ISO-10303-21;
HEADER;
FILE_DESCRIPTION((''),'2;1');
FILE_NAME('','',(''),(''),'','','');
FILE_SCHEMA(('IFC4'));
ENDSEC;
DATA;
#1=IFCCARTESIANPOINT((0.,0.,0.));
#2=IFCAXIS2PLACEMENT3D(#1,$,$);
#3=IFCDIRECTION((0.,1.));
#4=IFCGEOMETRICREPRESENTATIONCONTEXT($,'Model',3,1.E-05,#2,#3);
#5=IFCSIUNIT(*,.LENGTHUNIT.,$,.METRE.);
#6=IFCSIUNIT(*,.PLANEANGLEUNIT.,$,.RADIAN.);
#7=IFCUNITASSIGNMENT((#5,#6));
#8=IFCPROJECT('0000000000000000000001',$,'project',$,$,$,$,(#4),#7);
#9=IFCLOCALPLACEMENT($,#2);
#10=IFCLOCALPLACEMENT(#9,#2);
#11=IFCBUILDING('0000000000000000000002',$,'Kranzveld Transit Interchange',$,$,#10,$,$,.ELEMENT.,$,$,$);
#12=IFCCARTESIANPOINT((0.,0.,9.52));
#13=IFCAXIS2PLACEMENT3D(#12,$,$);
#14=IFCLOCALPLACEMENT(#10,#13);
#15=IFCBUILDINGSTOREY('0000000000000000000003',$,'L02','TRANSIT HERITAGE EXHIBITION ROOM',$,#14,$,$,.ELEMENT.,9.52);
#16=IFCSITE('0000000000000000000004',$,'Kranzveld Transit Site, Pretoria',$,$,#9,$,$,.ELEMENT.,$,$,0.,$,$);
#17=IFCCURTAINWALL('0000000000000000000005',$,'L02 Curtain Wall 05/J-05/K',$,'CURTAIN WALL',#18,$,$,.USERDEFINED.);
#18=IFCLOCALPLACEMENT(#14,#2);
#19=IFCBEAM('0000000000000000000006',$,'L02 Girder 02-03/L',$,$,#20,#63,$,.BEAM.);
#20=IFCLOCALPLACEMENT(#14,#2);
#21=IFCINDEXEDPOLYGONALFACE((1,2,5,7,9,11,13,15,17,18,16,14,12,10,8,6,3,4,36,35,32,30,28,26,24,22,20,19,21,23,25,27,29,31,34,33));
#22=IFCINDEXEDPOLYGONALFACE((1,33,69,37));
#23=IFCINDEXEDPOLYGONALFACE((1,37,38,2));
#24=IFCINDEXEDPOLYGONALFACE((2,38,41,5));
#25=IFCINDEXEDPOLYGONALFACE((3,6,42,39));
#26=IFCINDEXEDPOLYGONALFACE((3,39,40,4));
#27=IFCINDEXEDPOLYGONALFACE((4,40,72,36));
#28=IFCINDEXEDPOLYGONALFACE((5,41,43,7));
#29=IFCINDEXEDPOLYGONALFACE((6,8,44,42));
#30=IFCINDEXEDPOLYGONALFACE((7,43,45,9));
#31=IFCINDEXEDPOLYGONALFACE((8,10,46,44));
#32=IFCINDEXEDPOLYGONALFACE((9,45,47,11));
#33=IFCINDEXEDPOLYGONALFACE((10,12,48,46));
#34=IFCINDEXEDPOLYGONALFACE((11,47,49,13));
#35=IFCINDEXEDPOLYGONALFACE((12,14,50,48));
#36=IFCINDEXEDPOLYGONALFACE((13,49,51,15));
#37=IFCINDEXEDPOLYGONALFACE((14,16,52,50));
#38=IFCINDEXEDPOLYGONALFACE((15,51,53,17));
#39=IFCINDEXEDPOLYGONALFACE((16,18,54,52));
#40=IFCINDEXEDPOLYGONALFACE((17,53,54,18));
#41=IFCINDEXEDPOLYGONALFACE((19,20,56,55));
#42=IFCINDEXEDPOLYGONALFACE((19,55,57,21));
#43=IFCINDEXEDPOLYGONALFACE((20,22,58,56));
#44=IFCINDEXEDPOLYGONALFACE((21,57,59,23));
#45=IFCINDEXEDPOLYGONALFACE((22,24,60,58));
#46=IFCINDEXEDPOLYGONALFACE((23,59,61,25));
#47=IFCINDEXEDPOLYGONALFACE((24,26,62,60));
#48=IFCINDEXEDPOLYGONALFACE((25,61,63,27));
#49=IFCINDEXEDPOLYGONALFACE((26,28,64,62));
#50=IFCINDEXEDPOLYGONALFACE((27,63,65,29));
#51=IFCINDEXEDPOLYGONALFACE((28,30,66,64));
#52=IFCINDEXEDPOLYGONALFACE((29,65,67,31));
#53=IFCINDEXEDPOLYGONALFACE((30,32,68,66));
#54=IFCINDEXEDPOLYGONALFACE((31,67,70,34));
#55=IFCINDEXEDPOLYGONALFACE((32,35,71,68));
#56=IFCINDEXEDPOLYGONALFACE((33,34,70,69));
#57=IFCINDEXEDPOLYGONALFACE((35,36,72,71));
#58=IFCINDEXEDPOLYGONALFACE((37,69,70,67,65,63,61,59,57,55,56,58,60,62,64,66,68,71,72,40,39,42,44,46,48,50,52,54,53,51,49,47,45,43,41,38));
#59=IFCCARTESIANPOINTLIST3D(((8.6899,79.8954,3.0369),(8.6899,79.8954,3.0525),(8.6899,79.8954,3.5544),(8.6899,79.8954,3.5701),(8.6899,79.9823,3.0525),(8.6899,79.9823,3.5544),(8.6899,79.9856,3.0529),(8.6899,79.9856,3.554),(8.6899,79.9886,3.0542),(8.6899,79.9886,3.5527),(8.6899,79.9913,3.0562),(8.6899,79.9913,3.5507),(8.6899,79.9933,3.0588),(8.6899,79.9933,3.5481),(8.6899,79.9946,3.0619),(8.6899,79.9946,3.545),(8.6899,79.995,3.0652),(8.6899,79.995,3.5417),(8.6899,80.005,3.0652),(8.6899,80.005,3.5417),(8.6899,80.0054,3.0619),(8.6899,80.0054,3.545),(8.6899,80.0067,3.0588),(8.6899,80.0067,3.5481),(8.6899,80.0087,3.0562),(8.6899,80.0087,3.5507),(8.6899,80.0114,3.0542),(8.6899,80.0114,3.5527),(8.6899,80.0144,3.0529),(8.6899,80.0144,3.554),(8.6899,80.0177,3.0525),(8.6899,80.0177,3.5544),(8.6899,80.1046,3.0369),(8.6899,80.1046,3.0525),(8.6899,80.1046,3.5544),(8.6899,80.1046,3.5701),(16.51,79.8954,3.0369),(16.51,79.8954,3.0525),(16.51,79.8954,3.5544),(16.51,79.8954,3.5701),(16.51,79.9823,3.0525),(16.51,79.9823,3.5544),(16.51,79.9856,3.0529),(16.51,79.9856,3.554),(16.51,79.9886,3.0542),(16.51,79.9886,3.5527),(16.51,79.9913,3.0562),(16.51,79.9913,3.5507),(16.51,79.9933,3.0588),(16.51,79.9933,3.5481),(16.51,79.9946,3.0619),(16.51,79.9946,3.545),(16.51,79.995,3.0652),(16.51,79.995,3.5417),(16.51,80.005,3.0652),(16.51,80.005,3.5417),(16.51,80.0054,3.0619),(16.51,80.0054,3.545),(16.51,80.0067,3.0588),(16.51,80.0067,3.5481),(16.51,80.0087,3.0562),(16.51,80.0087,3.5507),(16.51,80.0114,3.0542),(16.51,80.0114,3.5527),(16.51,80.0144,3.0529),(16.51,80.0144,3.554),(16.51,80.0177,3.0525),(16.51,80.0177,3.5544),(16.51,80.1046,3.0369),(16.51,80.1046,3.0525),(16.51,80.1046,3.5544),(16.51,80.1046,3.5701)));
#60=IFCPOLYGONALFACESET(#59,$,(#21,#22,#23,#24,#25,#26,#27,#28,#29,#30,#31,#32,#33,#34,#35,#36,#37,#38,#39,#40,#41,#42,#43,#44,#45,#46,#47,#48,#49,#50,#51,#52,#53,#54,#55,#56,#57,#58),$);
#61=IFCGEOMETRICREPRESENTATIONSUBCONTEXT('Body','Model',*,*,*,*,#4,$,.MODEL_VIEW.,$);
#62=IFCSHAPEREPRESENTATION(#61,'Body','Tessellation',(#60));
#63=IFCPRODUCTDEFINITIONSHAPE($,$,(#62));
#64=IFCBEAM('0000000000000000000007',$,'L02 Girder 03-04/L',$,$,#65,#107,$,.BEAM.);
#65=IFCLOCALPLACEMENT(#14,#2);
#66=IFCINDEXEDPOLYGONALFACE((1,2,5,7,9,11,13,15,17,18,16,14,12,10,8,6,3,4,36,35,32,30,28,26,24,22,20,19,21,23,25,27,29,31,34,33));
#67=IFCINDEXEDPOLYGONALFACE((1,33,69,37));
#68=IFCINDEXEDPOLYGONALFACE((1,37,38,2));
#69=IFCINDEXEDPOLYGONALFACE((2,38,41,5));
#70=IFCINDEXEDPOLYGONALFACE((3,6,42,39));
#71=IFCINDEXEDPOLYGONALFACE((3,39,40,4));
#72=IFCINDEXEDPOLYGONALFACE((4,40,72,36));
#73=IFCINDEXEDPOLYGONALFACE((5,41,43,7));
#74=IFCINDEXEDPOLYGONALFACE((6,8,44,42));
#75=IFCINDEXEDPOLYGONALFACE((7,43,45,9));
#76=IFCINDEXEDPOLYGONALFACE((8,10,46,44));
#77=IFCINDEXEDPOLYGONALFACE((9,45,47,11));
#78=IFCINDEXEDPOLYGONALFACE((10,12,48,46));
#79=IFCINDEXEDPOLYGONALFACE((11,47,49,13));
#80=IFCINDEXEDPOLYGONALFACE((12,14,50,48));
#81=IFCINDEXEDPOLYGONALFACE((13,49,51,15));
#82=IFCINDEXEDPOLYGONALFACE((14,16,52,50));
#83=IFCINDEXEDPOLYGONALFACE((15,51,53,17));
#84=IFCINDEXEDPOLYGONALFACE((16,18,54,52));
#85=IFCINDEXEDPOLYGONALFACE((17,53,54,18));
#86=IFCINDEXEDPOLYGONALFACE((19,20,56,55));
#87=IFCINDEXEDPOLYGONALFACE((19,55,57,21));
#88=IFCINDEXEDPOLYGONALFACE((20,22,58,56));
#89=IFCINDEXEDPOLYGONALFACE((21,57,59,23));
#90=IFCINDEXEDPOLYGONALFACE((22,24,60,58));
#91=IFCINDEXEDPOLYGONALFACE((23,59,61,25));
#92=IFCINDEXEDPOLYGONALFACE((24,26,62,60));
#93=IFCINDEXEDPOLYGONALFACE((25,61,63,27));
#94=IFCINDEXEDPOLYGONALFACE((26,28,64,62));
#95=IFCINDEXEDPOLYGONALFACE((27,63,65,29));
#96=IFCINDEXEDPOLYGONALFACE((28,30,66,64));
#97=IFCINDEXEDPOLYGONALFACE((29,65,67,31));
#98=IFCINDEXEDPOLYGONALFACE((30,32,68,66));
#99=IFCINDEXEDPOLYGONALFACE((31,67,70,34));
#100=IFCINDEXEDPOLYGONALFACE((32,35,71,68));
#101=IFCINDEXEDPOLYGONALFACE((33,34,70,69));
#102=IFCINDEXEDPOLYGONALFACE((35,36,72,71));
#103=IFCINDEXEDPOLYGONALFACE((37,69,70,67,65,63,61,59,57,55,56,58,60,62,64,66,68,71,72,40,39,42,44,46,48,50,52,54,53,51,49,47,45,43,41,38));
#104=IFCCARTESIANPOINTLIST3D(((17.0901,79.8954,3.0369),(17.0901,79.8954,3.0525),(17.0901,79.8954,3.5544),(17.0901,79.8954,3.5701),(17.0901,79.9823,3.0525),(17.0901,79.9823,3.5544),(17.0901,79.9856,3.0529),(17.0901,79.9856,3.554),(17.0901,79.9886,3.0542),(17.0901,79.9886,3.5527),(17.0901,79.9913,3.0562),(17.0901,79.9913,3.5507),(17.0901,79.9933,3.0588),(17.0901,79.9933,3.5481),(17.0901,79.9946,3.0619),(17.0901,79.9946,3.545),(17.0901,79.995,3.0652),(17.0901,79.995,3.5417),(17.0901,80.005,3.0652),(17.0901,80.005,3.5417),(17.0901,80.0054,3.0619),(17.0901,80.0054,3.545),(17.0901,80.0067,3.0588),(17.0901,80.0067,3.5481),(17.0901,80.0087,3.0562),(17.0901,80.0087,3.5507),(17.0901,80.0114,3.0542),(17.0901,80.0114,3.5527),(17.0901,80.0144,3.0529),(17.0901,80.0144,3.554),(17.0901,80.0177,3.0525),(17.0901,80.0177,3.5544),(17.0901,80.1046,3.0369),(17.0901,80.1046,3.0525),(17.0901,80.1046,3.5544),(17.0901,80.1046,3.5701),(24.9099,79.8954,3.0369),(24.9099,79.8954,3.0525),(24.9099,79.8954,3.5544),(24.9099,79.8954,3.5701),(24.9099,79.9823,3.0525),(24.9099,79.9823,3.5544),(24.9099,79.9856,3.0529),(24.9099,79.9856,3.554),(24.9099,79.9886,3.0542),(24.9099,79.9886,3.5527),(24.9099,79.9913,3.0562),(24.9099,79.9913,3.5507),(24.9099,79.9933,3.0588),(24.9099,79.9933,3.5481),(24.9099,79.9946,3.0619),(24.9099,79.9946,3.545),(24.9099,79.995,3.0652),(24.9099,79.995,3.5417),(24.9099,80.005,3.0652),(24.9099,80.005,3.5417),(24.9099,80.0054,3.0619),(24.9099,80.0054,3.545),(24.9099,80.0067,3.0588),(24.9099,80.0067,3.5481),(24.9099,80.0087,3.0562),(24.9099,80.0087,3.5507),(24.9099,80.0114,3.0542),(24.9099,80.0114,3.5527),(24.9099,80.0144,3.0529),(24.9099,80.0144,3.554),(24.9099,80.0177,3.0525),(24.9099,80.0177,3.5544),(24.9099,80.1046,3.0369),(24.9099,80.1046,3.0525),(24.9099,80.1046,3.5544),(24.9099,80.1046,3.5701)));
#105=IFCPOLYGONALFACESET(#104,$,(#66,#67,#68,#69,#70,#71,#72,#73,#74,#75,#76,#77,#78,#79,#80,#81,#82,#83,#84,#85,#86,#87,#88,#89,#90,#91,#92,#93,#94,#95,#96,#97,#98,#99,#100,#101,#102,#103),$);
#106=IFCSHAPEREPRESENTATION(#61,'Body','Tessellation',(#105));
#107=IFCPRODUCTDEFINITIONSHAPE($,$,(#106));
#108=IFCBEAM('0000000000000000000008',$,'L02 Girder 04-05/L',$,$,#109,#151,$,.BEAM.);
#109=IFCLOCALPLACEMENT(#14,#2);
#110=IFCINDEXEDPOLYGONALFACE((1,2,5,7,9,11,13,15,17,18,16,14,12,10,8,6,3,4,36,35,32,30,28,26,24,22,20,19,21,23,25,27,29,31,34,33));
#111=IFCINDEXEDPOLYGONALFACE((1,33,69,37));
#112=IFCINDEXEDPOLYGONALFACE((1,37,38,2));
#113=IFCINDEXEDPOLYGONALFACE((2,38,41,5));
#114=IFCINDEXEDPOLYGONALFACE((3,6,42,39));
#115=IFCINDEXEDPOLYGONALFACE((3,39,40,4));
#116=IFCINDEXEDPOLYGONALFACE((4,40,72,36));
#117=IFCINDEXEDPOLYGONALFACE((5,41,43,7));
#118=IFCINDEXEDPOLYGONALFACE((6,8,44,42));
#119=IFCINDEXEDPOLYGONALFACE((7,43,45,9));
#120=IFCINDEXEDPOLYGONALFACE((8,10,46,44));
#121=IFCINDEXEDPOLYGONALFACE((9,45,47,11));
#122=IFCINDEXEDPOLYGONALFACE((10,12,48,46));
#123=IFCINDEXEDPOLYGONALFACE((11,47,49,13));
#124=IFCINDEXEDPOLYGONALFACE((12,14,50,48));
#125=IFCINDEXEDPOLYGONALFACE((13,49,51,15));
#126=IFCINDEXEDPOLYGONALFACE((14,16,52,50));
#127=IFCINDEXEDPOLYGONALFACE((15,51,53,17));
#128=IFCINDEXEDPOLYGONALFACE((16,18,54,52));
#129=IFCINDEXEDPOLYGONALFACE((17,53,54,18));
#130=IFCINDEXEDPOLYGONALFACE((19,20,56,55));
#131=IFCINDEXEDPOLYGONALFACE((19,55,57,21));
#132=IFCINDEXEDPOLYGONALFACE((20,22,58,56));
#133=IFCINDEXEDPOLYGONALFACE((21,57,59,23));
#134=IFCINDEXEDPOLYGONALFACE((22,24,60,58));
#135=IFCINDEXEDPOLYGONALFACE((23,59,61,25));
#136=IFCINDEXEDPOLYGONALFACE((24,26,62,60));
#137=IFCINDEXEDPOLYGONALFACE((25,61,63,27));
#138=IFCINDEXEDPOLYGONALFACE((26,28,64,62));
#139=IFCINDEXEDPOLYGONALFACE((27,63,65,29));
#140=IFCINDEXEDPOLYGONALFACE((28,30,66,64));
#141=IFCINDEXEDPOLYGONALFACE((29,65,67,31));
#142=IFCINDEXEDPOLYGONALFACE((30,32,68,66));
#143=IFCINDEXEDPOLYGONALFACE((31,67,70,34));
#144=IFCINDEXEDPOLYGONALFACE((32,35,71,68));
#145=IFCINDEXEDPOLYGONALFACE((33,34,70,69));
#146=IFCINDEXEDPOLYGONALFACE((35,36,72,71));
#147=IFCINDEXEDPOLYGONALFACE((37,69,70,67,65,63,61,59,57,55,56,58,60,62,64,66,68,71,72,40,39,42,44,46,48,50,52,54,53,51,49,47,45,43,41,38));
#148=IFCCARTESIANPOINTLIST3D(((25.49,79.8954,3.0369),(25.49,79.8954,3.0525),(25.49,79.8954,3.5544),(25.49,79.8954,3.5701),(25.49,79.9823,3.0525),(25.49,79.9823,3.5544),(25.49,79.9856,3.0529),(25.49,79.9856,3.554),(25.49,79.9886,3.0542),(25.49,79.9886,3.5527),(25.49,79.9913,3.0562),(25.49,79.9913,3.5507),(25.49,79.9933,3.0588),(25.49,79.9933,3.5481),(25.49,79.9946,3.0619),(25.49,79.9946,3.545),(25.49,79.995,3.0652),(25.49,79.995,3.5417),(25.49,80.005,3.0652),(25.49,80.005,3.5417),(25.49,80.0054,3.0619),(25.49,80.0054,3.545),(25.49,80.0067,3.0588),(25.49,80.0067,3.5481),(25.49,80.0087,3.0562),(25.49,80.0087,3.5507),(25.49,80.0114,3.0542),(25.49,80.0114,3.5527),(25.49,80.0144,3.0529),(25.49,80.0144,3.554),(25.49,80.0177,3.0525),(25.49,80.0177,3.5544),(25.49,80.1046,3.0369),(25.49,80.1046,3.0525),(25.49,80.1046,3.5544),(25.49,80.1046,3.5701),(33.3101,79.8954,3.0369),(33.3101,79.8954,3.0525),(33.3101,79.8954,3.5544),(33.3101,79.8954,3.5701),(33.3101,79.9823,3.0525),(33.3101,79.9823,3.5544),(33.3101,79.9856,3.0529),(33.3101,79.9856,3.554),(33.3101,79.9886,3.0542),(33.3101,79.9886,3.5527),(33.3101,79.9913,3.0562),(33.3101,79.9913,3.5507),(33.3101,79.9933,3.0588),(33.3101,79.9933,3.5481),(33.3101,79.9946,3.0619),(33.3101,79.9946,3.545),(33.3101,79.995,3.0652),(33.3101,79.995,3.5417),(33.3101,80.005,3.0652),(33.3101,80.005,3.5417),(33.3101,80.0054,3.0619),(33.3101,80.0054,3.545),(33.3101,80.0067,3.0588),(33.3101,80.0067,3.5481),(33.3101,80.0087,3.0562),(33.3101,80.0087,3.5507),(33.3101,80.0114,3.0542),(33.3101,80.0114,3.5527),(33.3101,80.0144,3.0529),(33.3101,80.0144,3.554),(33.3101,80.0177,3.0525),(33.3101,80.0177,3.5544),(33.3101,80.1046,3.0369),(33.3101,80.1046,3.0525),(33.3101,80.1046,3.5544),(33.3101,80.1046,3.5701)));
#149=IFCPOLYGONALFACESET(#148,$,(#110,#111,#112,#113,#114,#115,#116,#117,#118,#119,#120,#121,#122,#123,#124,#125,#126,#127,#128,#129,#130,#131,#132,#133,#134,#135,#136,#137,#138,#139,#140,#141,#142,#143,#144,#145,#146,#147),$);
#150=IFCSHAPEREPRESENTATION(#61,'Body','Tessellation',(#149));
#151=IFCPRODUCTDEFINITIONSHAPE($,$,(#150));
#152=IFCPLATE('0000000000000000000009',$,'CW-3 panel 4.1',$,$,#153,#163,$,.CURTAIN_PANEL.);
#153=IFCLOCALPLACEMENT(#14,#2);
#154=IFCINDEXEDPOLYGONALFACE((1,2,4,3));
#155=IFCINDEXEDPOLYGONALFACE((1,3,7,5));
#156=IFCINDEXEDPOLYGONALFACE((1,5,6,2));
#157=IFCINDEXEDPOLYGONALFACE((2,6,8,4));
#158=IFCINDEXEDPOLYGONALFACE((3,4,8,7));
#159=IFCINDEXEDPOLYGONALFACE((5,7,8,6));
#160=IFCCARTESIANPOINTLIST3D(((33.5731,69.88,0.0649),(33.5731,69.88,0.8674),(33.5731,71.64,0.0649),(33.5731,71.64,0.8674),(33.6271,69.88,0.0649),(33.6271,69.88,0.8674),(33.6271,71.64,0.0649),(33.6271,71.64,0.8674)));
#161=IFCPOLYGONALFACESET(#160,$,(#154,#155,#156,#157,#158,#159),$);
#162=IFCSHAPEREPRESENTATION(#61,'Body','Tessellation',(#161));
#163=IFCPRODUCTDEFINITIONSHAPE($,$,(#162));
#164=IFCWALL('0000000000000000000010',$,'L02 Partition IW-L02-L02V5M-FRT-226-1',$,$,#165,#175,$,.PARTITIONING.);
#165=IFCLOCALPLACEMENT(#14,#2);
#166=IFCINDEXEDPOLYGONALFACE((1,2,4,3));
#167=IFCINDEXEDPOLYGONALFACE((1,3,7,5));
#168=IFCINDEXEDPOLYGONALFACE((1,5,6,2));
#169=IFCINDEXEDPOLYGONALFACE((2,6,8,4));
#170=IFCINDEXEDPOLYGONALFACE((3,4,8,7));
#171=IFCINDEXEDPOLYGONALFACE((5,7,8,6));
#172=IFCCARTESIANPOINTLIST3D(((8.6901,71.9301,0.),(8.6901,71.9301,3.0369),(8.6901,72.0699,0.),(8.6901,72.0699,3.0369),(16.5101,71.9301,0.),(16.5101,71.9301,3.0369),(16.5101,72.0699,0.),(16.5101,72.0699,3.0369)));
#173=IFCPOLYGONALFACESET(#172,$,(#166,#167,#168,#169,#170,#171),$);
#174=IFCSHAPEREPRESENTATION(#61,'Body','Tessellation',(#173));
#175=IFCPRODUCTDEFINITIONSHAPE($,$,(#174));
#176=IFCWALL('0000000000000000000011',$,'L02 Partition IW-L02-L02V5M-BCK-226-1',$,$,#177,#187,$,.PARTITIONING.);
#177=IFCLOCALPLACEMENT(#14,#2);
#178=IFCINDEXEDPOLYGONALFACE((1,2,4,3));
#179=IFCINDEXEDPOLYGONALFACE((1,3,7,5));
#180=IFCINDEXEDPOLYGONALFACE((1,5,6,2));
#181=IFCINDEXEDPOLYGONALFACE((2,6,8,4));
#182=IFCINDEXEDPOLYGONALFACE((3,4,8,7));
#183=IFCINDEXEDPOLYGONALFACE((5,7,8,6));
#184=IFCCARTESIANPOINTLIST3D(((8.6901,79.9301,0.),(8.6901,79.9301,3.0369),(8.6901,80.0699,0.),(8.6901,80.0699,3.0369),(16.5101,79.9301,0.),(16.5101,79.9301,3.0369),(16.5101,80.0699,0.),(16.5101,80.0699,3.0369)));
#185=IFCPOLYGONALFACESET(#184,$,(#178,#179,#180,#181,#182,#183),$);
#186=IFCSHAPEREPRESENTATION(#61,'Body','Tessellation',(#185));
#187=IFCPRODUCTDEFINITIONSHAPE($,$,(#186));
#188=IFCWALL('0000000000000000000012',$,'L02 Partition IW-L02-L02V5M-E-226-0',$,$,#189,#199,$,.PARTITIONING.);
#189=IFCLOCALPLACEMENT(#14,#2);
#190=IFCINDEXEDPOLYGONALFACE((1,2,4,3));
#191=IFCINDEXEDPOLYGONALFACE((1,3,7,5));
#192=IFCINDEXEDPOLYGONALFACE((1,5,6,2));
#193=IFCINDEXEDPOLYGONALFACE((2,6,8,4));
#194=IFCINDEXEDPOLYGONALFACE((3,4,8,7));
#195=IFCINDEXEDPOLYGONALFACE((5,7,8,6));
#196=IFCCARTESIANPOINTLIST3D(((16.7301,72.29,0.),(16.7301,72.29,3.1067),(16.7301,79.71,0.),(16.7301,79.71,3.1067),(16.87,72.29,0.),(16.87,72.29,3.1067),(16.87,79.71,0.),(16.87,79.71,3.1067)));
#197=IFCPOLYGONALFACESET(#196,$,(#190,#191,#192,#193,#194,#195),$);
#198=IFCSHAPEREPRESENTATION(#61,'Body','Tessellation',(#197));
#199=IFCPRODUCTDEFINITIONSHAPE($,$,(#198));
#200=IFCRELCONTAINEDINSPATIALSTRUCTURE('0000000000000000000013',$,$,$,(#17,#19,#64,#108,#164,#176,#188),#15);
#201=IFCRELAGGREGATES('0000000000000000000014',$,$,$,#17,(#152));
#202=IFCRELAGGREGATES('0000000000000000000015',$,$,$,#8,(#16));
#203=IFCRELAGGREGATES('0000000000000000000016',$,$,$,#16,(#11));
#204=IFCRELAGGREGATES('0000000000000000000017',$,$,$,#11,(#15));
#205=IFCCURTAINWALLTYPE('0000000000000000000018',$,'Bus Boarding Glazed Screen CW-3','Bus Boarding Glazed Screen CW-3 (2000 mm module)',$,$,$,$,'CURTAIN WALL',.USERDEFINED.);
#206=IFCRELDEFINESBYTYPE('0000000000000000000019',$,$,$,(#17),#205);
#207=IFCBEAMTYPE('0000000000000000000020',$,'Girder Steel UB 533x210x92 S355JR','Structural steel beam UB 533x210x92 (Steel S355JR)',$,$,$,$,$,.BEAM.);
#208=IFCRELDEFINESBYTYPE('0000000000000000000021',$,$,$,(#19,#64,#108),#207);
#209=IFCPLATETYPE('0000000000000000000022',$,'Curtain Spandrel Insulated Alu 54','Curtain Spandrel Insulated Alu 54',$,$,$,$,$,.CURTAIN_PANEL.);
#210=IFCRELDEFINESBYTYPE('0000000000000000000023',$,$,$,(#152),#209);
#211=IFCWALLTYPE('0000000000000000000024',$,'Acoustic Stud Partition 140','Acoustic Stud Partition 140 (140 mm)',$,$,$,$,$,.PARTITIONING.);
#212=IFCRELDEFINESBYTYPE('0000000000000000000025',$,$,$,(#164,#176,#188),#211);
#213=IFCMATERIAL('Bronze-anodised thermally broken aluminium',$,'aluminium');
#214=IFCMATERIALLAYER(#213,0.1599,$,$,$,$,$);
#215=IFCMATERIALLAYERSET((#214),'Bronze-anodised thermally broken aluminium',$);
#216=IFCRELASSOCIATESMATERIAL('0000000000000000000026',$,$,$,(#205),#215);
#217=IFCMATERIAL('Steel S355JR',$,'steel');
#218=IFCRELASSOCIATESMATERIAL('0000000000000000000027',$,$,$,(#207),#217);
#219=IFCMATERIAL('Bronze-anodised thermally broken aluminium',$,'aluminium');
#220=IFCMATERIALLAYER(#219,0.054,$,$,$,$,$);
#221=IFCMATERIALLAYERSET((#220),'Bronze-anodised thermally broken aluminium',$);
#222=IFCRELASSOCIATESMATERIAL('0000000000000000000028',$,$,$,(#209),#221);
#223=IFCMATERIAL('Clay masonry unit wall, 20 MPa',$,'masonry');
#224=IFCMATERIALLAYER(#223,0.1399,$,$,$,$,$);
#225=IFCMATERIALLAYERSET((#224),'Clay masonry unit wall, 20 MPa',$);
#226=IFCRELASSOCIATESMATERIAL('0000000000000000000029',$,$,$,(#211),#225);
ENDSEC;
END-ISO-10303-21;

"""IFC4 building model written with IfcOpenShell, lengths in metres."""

from ifc_helpers import new_model, si_unit, direction, frame, frame_2d, origin, origin_2d, place, context, subcontext, project, spatial, rectangle, i_section, extrude, material, layer, layer_set, material_profile, profile_set, type_object, element, aggregate, save


model = new_model("IFC4")

# Units and contexts
model_context = context("Model", 3, precision=1e-05, world=origin(), true_north=direction((0.0, 1.0)))
body_context = subcontext(model_context, "Body", "Model", "MODEL_VIEW")
ifc_project = project(units=[si_unit("LENGTHUNIT", "METRE"), si_unit("PLANEANGLEUNIT", "RADIAN")], contexts=[model_context])

# Site, building, storey
site_placement = place(None, origin())
site = spatial("IfcSite", under=ifc_project, at=site_placement, Name="Kranzveld Transit Site, Pretoria", CompositionType="ELEMENT", RefElevation=0.0)
building_placement = place(site_placement, origin())
building = spatial("IfcBuilding", under=site, at=building_placement, Name="Kranzveld Transit Interchange", CompositionType="ELEMENT")
storey_placement = place(building_placement, frame((0.0, 0.0, 9.52)))
storey = spatial("IfcBuildingStorey", under=building, at=storey_placement, Name="L02", Description="TRANSIT HERITAGE EXHIBITION ROOM", CompositionType="ELEMENT", Elevation=9.52)

# Curtain wall
ifc_material_1 = material(Name="Bronze-anodised thermally broken aluminium", Category="aluminium")
ifc_layer_1 = layer(ifc_material_1, 0.1599)
ifc_layer_set_1 = layer_set([ifc_layer_1], Name="Bronze-anodised thermally broken aluminium")
curtain_wall_type = type_object("IfcCurtainWallType", Name="Bus Boarding Glazed Screen CW-3", Description="Bus Boarding Glazed Screen CW-3 (2000 mm module)", ElementType="CURTAIN WALL", PredefinedType="USERDEFINED", material=ifc_layer_set_1)
curtain_wall_placement = place(storey_placement, origin())
curtain_wall = element("IfcCurtainWall", 1, at=curtain_wall_placement, inside=storey, type_object=curtain_wall_type, Name="L02 Curtain Wall 05/J-05/K", ObjectType="CURTAIN WALL", PredefinedType="USERDEFINED")

# Beams
ifc_material_2 = material(Name="Steel S355JR", Category="steel")
ifc_material_profile_1 = material_profile(ifc_material_2, i_section(OverallWidth=0.2092, OverallDepth=0.5332, WebThickness=0.01, FlangeThickness=0.0156, FilletRadius=0.0127, at=origin_2d()), Name="UB 533x210x92")
ifc_profile_set_1 = profile_set([ifc_material_profile_1], Name="Steel S355JR")
beam_type_1 = type_object("IfcBeamType", Name="Girder Steel UB 533x210x92 S355JR", Description="Structural steel beam UB 533x210x92 (Steel S355JR)", PredefinedType="BEAM", material=ifc_profile_set_1)
for number, where, z_axis, x_axis, name in (
    (2, (8.6899, 80.0, 3.3035), (1.0, 0.0, 0.0), (0.0, 1.0, 0.0), "L02 Girder 02-03/L"),
):
    element("IfcBeam", number, at=place(storey_placement, frame(where, z_axis=z_axis, x_axis=x_axis)), inside=storey, type_object=beam_type_1, Name=name, PredefinedType="BEAM", context=body_context, shape_type="SweptSolid", body=[
        extrude(i_section(OverallWidth=0.2092, OverallDepth=0.5332, WebThickness=0.01, FlangeThickness=0.0156, FilletRadius=0.0127, at=origin_2d()), origin(), (0.0, 0.0, 1.0), 7.8201),
    ])
beam_1_placement = place(storey_placement, frame((17.0901, 80.0, 3.3035), z_axis=(1.0, 0.0, 0.0), x_axis=(0.0, 1.0, 0.0)))
element("IfcBeam", 3, at=beam_1_placement, inside=storey, type_object=beam_type_1, Name="L02 Girder 03-04/L", PredefinedType="BEAM", context=body_context, shape_type="SweptSolid", body=[
    extrude(i_section(OverallWidth=0.2092, OverallDepth=0.5332, WebThickness=0.01, FlangeThickness=0.0156, FilletRadius=0.0127, at=origin_2d()), origin(), (0.0, 0.0, 1.0), 7.8198),
])
beam_2_placement = place(storey_placement, frame((25.49, 80.0, 3.3035), z_axis=(1.0, 0.0, 0.0), x_axis=(0.0, 1.0, 0.0)))
element("IfcBeam", 4, at=beam_2_placement, inside=storey, type_object=beam_type_1, Name="L02 Girder 04-05/L", PredefinedType="BEAM", context=body_context, shape_type="SweptSolid", body=[
    extrude(i_section(OverallWidth=0.2092, OverallDepth=0.5332, WebThickness=0.01, FlangeThickness=0.0156, FilletRadius=0.0127, at=origin_2d()), origin(), (0.0, 0.0, 1.0), 7.8201),
])

# Plate
ifc_material_3 = material(Name="Bronze-anodised thermally broken aluminium", Category="aluminium")
ifc_layer_2 = layer(ifc_material_3, 0.054)
ifc_layer_set_2 = layer_set([ifc_layer_2], Name="Bronze-anodised thermally broken aluminium")
plate_type = type_object("IfcPlateType", Name="Curtain Spandrel Insulated Alu 54", Description="Curtain Spandrel Insulated Alu 54", PredefinedType="CURTAIN_PANEL", material=ifc_layer_set_2)
plate_placement = place(storey_placement, frame((33.6001, 70.76, 0.0649), z_axis=(0.0, 0.0, 1.0), x_axis=(0.0, 1.0, 0.0)))
plate = element("IfcPlate", 5, at=plate_placement, type_object=plate_type, Name="CW-3 panel 4.1", PredefinedType="CURTAIN_PANEL", context=body_context, shape_type="SweptSolid", body=[
    extrude(rectangle(XDim=1.76, YDim=0.054, at=origin_2d()), origin(), (0.0, 0.0, 1.0), 0.8025),
])
aggregate(curtain_wall, [plate])

# Walls
ifc_material_4 = material(Name="Clay masonry unit wall, 20 MPa", Category="masonry")
ifc_layer_3 = layer(ifc_material_4, 0.1399)
ifc_layer_set_3 = layer_set([ifc_layer_3], Name="Clay masonry unit wall, 20 MPa")
wall_type_1 = type_object("IfcWallType", Name="Acoustic Stud Partition 140", Description="Acoustic Stud Partition 140 (140 mm)", PredefinedType="PARTITIONING", material=ifc_layer_set_3)
for number, where, z_axis, x_axis, name in (
    (6, (8.6899, 72.0, 0.0), (0.0, 0.0, 1.0), (1.0, 0.0, 0.0), "L02 Partition IW-L02-L02V5M-FRT-226-1"),
    (7, (8.6899, 80.0, 0.0), (0.0, 0.0, 1.0), (1.0, 0.0, 0.0), "L02 Partition IW-L02-L02V5M-BCK-226-1"),
):
    element("IfcWall", number, at=place(storey_placement, frame(where, z_axis=z_axis, x_axis=x_axis)), inside=storey, type_object=wall_type_1, Name=name, PredefinedType="PARTITIONING", context=body_context, shape_type="SweptSolid", body=[
        extrude(rectangle(XDim=7.8201, YDim=0.1399, at=frame_2d((3.9102, 0.0))), origin(), (0.0, 0.0, 1.0), 3.0369),
    ])
wall_1_placement = place(storey_placement, frame((16.8, 72.29, 0.0), z_axis=(0.0, 0.0, 1.0), x_axis=(0.0, 1.0, 0.0)))
element("IfcWall", 8, at=wall_1_placement, inside=storey, type_object=wall_type_1, Name="L02 Partition IW-L02-L02V5M-E-226-0", PredefinedType="PARTITIONING", context=body_context, shape_type="SweptSolid", body=[
    extrude(rectangle(XDim=7.4199, YDim=0.1399, at=frame_2d((3.71, 0.0))), origin(), (0.0, 0.0, 1.0), 3.1067),
])

save(model, "model.ifc")
